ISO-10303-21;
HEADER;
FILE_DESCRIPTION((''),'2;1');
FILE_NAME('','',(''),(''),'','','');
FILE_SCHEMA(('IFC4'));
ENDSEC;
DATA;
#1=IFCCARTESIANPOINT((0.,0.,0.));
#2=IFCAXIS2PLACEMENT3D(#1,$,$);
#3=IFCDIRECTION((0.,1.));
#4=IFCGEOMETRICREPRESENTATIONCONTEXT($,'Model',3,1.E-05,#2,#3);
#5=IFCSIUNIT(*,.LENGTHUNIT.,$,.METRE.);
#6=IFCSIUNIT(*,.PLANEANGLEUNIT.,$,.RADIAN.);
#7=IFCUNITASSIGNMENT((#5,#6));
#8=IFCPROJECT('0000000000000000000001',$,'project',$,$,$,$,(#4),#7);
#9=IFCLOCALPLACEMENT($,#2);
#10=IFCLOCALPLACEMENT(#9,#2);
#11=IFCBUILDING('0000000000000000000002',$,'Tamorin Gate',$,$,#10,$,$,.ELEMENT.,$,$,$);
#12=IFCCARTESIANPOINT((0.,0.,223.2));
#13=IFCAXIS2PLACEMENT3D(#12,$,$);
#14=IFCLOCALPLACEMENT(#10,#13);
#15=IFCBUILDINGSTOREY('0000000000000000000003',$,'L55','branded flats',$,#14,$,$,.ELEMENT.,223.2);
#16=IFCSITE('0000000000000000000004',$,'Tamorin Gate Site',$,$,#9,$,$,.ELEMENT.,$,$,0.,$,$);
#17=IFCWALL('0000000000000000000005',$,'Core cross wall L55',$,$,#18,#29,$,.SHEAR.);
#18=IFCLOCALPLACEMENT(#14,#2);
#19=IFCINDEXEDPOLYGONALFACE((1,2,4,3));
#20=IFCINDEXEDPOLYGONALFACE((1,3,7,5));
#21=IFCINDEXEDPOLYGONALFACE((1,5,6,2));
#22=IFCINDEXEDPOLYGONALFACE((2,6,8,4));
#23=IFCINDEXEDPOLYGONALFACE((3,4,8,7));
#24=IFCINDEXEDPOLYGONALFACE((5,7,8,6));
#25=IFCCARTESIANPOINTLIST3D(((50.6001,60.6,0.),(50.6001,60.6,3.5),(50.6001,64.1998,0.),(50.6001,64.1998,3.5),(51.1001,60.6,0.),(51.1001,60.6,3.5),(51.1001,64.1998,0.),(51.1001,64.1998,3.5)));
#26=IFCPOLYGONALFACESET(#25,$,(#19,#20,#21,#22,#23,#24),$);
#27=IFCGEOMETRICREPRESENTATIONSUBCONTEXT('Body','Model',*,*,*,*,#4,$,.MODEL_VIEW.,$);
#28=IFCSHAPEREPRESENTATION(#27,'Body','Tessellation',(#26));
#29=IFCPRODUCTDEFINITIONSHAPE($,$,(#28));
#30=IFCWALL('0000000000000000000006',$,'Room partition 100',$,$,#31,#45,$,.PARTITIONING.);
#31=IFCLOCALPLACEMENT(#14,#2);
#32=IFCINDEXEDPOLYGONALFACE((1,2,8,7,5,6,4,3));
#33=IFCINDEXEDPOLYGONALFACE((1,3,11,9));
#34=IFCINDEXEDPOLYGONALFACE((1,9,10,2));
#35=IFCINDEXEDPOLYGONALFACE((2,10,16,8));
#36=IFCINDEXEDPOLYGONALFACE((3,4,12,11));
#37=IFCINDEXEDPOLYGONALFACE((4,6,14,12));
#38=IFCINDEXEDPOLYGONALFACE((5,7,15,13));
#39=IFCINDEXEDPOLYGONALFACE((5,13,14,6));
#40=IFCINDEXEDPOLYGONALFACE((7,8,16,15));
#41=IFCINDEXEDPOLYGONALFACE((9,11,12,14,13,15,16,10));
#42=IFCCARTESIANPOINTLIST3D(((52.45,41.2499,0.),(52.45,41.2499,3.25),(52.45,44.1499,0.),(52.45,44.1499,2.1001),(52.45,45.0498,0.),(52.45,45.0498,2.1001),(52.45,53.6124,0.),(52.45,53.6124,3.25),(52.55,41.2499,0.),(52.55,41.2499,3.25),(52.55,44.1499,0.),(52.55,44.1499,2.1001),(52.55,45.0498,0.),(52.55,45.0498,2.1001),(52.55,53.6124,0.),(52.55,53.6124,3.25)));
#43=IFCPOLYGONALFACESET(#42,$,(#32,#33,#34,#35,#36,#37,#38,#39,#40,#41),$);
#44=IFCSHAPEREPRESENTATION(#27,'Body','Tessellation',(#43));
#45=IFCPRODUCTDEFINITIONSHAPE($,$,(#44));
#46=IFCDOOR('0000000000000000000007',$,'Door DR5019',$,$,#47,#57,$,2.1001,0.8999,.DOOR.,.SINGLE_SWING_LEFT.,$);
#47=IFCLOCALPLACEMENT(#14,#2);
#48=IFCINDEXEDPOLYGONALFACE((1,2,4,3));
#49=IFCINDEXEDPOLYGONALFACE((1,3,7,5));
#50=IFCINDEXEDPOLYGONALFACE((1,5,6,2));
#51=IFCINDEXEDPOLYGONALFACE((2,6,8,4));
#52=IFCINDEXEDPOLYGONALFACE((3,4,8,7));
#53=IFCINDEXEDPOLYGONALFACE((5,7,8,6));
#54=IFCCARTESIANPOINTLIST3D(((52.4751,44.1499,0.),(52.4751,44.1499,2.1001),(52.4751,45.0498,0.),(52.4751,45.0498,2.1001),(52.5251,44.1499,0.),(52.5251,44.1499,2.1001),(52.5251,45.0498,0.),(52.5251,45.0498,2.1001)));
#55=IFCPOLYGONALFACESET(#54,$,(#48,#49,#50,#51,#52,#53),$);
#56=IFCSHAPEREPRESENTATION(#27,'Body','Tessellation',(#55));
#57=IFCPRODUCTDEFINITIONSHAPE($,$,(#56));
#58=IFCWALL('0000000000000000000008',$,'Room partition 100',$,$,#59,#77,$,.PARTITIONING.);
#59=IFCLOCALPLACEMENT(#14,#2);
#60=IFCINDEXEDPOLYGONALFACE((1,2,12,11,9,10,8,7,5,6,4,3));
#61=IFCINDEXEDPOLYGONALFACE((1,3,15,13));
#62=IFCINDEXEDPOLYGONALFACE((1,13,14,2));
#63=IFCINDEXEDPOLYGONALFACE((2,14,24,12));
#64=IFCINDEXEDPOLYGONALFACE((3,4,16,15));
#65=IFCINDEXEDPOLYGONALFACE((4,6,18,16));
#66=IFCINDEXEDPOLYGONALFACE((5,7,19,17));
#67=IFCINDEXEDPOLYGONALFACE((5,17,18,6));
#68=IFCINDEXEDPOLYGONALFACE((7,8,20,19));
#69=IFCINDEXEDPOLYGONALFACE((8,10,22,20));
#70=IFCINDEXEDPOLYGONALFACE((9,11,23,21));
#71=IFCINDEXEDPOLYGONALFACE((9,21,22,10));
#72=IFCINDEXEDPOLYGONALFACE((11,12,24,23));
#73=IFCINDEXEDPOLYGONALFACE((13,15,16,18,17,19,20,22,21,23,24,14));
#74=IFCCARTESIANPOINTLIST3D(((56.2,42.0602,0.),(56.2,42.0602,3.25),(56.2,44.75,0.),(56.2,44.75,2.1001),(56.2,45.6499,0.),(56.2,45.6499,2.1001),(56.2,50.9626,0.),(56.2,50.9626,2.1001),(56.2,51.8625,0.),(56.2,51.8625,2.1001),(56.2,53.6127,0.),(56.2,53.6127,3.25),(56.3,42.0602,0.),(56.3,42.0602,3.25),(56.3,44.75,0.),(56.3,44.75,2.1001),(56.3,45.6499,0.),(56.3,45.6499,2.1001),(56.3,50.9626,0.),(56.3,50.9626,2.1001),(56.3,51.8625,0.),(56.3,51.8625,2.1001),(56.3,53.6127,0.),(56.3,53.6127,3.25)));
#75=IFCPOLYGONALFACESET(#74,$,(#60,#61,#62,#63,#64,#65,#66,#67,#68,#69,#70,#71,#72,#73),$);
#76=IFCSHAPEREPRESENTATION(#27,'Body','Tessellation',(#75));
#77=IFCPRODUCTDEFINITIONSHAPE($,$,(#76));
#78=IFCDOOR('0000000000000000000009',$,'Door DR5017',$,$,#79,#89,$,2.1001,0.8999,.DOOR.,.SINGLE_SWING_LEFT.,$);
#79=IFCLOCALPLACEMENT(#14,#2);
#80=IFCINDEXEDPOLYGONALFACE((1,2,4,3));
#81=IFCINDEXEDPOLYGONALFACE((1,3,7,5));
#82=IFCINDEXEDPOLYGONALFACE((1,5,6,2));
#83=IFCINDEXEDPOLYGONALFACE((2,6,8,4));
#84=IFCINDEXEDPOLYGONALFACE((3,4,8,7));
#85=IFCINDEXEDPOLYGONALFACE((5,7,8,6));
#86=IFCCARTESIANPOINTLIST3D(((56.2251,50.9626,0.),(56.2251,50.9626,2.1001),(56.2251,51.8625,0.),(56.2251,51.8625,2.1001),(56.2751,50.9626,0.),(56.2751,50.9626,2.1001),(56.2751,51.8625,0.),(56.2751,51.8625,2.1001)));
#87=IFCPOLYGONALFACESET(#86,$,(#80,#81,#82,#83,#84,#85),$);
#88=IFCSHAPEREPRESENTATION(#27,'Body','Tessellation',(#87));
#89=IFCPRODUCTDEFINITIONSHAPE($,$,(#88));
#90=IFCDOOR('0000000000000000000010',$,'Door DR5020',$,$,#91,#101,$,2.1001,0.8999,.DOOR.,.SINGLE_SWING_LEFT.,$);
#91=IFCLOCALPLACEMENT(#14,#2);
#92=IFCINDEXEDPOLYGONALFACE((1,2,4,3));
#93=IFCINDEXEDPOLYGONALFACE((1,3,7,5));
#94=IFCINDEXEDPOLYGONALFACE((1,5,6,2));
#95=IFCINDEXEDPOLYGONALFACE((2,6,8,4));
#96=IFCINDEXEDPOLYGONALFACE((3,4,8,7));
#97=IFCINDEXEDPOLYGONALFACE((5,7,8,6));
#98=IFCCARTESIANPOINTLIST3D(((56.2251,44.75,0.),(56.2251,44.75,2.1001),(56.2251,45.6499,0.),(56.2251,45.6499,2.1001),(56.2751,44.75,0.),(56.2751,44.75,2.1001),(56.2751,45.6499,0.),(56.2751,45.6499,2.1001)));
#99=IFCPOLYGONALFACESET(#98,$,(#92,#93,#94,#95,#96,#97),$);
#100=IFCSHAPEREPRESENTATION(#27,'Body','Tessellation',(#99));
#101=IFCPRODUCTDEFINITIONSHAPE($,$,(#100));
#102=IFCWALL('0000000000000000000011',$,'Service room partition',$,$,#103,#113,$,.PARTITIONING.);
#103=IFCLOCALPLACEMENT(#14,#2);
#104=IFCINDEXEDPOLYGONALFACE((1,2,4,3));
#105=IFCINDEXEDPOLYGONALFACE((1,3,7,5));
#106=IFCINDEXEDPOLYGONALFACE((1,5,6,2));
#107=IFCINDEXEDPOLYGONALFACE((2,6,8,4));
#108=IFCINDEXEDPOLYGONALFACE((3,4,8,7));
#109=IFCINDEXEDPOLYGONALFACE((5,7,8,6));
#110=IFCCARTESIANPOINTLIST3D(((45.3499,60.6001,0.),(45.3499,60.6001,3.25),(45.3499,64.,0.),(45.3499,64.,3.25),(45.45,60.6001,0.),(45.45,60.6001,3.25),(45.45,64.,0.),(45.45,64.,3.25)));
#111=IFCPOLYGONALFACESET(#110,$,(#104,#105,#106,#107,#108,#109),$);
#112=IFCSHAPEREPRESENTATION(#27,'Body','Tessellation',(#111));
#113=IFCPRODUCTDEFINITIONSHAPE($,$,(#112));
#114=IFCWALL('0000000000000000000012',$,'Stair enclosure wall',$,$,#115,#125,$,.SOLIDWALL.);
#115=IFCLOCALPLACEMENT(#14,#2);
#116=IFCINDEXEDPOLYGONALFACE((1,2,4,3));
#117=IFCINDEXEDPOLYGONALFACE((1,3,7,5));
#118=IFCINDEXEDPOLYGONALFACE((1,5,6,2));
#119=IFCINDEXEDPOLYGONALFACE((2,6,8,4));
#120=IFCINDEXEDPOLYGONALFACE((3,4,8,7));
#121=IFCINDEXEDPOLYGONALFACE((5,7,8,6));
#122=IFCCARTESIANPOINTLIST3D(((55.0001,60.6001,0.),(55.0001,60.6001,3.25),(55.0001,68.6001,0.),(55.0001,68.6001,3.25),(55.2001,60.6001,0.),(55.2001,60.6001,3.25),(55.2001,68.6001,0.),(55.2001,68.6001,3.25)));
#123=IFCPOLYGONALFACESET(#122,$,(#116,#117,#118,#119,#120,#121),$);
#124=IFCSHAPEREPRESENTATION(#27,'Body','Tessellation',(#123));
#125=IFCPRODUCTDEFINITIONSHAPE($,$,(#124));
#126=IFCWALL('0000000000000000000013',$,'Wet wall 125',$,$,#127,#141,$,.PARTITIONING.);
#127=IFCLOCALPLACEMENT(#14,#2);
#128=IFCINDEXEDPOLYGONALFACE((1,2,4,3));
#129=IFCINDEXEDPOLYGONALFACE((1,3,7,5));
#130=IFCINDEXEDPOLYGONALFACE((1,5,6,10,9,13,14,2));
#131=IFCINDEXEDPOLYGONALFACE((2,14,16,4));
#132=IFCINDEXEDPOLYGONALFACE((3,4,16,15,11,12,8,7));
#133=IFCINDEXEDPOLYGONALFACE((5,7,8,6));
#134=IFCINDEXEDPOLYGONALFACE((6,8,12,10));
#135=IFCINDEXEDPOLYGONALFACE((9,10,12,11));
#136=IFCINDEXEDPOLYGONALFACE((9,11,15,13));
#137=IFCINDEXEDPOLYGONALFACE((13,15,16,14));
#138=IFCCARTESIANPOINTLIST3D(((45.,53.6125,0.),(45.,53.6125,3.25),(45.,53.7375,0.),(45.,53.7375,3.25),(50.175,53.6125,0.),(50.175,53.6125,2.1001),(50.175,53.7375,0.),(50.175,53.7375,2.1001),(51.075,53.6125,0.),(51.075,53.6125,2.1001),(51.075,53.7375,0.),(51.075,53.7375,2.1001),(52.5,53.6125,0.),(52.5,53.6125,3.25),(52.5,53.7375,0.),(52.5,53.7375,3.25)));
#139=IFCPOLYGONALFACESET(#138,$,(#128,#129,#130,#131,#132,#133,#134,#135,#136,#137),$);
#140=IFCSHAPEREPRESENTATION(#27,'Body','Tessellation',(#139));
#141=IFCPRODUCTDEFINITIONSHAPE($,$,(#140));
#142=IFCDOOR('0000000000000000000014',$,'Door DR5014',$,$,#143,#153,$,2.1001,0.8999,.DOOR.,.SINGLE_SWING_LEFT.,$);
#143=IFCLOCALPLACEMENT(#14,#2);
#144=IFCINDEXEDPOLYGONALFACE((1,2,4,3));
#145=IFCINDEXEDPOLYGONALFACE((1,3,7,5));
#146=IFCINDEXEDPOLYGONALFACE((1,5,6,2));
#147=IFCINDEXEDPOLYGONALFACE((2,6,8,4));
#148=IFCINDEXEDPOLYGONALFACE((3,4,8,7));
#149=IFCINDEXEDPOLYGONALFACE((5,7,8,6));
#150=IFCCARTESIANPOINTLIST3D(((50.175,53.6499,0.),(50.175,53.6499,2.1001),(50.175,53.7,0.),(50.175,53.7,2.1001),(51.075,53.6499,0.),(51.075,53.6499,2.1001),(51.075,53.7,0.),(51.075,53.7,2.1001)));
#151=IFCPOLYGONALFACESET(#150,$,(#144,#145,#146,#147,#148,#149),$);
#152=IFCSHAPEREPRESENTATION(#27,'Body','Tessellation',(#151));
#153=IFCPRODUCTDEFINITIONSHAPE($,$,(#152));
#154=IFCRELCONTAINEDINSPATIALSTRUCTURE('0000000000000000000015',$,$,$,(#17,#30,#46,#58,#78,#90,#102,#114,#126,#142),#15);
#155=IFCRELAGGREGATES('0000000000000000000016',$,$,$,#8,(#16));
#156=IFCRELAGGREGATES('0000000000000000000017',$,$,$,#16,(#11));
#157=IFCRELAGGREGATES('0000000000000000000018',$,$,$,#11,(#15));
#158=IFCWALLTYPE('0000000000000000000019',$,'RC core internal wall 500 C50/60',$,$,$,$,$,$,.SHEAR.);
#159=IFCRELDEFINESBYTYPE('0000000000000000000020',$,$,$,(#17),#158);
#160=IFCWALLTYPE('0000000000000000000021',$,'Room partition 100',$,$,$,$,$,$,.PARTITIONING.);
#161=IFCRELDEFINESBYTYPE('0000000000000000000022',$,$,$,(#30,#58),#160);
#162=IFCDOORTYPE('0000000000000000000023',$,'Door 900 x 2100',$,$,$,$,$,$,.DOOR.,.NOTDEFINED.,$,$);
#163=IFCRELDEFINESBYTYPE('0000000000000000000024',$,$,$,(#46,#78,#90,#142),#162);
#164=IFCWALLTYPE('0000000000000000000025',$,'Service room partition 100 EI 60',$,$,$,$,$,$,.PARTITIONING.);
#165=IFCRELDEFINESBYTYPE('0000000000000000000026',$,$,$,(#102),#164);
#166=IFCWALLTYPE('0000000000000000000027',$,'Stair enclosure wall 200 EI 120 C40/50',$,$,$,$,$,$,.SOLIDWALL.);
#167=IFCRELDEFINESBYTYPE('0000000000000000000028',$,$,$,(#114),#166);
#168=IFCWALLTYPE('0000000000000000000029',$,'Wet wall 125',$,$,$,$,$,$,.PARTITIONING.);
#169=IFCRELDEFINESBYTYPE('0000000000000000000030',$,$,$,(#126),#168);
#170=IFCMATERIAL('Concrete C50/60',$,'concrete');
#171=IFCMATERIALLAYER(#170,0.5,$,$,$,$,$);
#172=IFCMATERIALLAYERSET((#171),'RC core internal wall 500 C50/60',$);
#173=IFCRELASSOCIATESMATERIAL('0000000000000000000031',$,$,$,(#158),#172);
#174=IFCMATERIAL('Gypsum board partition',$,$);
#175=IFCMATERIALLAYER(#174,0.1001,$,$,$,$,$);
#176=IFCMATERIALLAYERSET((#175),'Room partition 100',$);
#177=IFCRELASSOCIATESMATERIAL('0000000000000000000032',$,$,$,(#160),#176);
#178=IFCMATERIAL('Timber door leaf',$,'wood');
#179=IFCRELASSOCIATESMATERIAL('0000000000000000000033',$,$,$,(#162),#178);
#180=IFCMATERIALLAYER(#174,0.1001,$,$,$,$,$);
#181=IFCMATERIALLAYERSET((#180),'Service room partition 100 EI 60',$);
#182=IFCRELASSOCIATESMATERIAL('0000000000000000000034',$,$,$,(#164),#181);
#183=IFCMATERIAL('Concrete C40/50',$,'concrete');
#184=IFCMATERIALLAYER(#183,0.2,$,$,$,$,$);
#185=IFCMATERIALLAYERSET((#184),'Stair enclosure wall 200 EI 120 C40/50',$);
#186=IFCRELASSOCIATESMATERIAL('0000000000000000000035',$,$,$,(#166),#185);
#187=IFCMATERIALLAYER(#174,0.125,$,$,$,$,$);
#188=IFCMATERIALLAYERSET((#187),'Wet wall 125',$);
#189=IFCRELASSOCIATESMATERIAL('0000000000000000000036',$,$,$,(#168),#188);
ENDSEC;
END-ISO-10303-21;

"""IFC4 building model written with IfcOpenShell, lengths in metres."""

from ifc_helpers import new_model, si_unit, direction, frame, frame_2d, origin, place, context, subcontext, project, spatial, rectangle, extrude, material, layer, layer_set, type_object, element, fill, save


model = new_model("IFC4")

# Units and contexts
model_context = context("Model", 3, precision=1e-05, world=origin(), true_north=direction((0.0, 1.0)))
body_context = subcontext(model_context, "Body", "Model", "MODEL_VIEW")
ifc_project = project(units=[si_unit("LENGTHUNIT", "METRE"), si_unit("PLANEANGLEUNIT", "RADIAN")], contexts=[model_context])

# Site, building, storey
site_placement = place(None, origin())
site = spatial("IfcSite", under=ifc_project, at=site_placement, Name="Tamorin Gate Site", CompositionType="ELEMENT", RefElevation=0.0)
building_placement = place(site_placement, origin())
building = spatial("IfcBuilding", under=site, at=building_placement, Name="Tamorin Gate", CompositionType="ELEMENT")
storey_placement = place(building_placement, frame((0.0, 0.0, 223.2)))
storey = spatial("IfcBuildingStorey", under=building, at=storey_placement, Name="L55", Description="branded flats", CompositionType="ELEMENT", Elevation=223.2)

# Shared definitions
ifc_material_1 = material(Name="Concrete C50/60", Category="concrete")

# Wall
ifc_material_2 = material(Name="Gypsum board partition")
ifc_layer_1 = layer(ifc_material_1, 0.5)
ifc_layer_set_1 = layer_set([ifc_layer_1], Name="RC core internal wall 500 C50/60")
wall_type_1 = type_object("IfcWallType", Name="RC core internal wall 500 C50/60", PredefinedType="SHEAR", material=ifc_layer_set_1)
wall_1_placement = place(storey_placement, frame((50.8501, 60.6001, 0.0), z_axis=(0.0, 0.0, 1.0), x_axis=(0.0, 1.0, 0.0)))
element("IfcWall", 1, at=wall_1_placement, inside=storey, type_object=wall_type_1, Name="Core cross wall L55", PredefinedType="SHEAR", context=body_context, shape_type="SweptSolid", body=[
    extrude(rectangle(XDim=3.5999, YDim=0.5, at=frame_2d((1.7998, 0.0))), origin(), (0.0, 0.0, 1.0), 3.5),
])

# Wall, opening, door
ifc_layer_2 = layer(ifc_material_2, 0.1001)
ifc_layer_set_2 = layer_set([ifc_layer_2], Name="Room partition 100")
wall_type_2 = type_object("IfcWallType", Name="Room partition 100", PredefinedType="PARTITIONING", material=ifc_layer_set_2)
wall_2_placement = place(storey_placement, frame((52.5, 41.25, 0.0), z_axis=(0.0, 0.0, 1.0), x_axis=(0.0, 1.0, 0.0)))
wall_2 = element("IfcWall", 2, at=wall_2_placement, inside=storey, type_object=wall_type_2, Name="Room partition 100", PredefinedType="PARTITIONING", context=body_context, shape_type="SweptSolid", body=[
    extrude(rectangle(XDim=12.3625, YDim=0.1001, at=frame_2d((6.1812, 0.0))), origin(), (0.0, 0.0, 1.0), 3.25),
])
opening_1_placement = place(wall_2_placement, frame((2.8999, 0.0, 0.0)))
opening_1 = element("IfcOpeningElement", 3, at=opening_1_placement, cuts=wall_2, PredefinedType="OPENING", context=body_context, shape_type="SweptSolid", body=[
    extrude(rectangle(XDim=0.8999, YDim=2.1001, at=frame_2d((0.45, 1.05))), frame((0.0, 0.0601, 0.0), z_axis=(0.0, -1.0, 0.0), x_axis=(1.0, 0.0, 0.0)), (0.0, 0.0, 1.0), 0.1201),
])
ifc_material_3 = material(Name="Timber door leaf", Category="wood")
door_type = type_object("IfcDoorType", Name="Door 900 x 2100", OperationType="NOTDEFINED", PredefinedType="DOOR", material=ifc_material_3)
door_1_placement = place(opening_1_placement, origin())
door_1 = element("IfcDoor", 4, at=door_1_placement, inside=storey, type_object=door_type, Name="Door DR5019", OperationType="SINGLE_SWING_LEFT", OverallHeight=2.1001, OverallWidth=0.8999, PredefinedType="DOOR", context=body_context, shape_type="SweptSolid", body=[
    extrude(rectangle(XDim=0.8999, YDim=2.1001, at=frame_2d((0.45, 1.05))), frame((0.0, 0.0249, 0.0), z_axis=(0.0, -1.0, 0.0), x_axis=(1.0, 0.0, 0.0)), (0.0, 0.0, 1.0), 0.05),
])
fill(opening_1, door_1)

# Wall, openings, doors
wall_3_placement = place(storey_placement, frame((56.25, 42.0601, 0.0), z_axis=(0.0, 0.0, 1.0), x_axis=(0.0, 1.0, 0.0)))
wall_3 = element("IfcWall", 5, at=wall_3_placement, inside=storey, type_object=wall_type_2, Name="Room partition 100", PredefinedType="PARTITIONING", context=body_context, shape_type="SweptSolid", body=[
    extrude(rectangle(XDim=11.5525, YDim=0.1001, at=frame_2d((5.7764, 0.0))), origin(), (0.0, 0.0, 1.0), 3.25),
])
opening_2_placement = place(wall_3_placement, frame((8.9026, 0.0, 0.0)))
opening_2 = element("IfcOpeningElement", 6, at=opening_2_placement, cuts=wall_3, PredefinedType="OPENING", context=body_context, shape_type="SweptSolid", body=[
    extrude(rectangle(XDim=0.8999, YDim=2.1001, at=frame_2d((0.45, 1.05))), frame((0.0, 0.0601, 0.0), z_axis=(0.0, -1.0, 0.0), x_axis=(1.0, 0.0, 0.0)), (0.0, 0.0, 1.0), 0.1201),
])
opening_3_placement = place(wall_3_placement, frame((2.6899, 0.0, 0.0)))
opening_3 = element("IfcOpeningElement", 7, at=opening_3_placement, cuts=wall_3, PredefinedType="OPENING", context=body_context, shape_type="SweptSolid", body=[
    extrude(rectangle(XDim=0.8999, YDim=2.1001, at=frame_2d((0.45, 1.05))), frame((0.0, 0.0601, 0.0), z_axis=(0.0, -1.0, 0.0), x_axis=(1.0, 0.0, 0.0)), (0.0, 0.0, 1.0), 0.1201),
])
door_2_placement = place(opening_2_placement, origin())
door_2 = element("IfcDoor", 8, at=door_2_placement, inside=storey, type_object=door_type, Name="Door DR5017", OperationType="SINGLE_SWING_LEFT", OverallHeight=2.1001, OverallWidth=0.8999, PredefinedType="DOOR", context=body_context, shape_type="SweptSolid", body=[
    extrude(rectangle(XDim=0.8999, YDim=2.1001, at=frame_2d((0.45, 1.05))), frame((0.0, 0.0249, 0.0), z_axis=(0.0, -1.0, 0.0), x_axis=(1.0, 0.0, 0.0)), (0.0, 0.0, 1.0), 0.05),
])
fill(opening_2, door_2)
door_3_placement = place(opening_3_placement, origin())
door_3 = element("IfcDoor", 9, at=door_3_placement, inside=storey, type_object=door_type, Name="Door DR5020", OperationType="SINGLE_SWING_LEFT", OverallHeight=2.1001, OverallWidth=0.8999, PredefinedType="DOOR", context=body_context, shape_type="SweptSolid", body=[
    extrude(rectangle(XDim=0.8999, YDim=2.1001, at=frame_2d((0.45, 1.05))), frame((0.0, 0.0249, 0.0), z_axis=(0.0, -1.0, 0.0), x_axis=(1.0, 0.0, 0.0)), (0.0, 0.0, 1.0), 0.05),
])
fill(opening_3, door_3)

# Walls
ifc_layer_3 = layer(ifc_material_2, 0.1001)
ifc_layer_set_3 = layer_set([ifc_layer_3], Name="Service room partition 100 EI 60")
wall_type_3 = type_object("IfcWallType", Name="Service room partition 100 EI 60", PredefinedType="PARTITIONING", material=ifc_layer_set_3)
wall_4_placement = place(storey_placement, frame((45.3999, 60.6001, 0.0), z_axis=(0.0, 0.0, 1.0), x_axis=(0.0, 1.0, 0.0)))
element("IfcWall", 10, at=wall_4_placement, inside=storey, type_object=wall_type_3, Name="Service room partition", PredefinedType="PARTITIONING", context=body_context, shape_type="SweptSolid", body=[
    extrude(rectangle(XDim=3.3999, YDim=0.1001, at=frame_2d((1.7, 0.0))), origin(), (0.0, 0.0, 1.0), 3.25),
])
ifc_material_4 = material(Name="Concrete C40/50", Category="concrete")
ifc_layer_4 = layer(ifc_material_4, 0.2)
ifc_layer_set_4 = layer_set([ifc_layer_4], Name="Stair enclosure wall 200 EI 120 C40/50")
wall_type_4 = type_object("IfcWallType", Name="Stair enclosure wall 200 EI 120 C40/50", PredefinedType="SOLIDWALL", material=ifc_layer_set_4)
wall_5_placement = place(storey_placement, frame((55.1001, 60.6001, 0.0), z_axis=(0.0, 0.0, 1.0), x_axis=(0.0, 1.0, 0.0)))
element("IfcWall", 11, at=wall_5_placement, inside=storey, type_object=wall_type_4, Name="Stair enclosure wall", PredefinedType="SOLIDWALL", context=body_context, shape_type="SweptSolid", body=[
    extrude(rectangle(XDim=8.0, YDim=0.2, at=frame_2d((4.0, 0.0))), origin(), (0.0, 0.0, 1.0), 3.25),
])

# Wall, opening, door
ifc_layer_5 = layer(ifc_material_2, 0.125)
ifc_layer_set_5 = layer_set([ifc_layer_5], Name="Wet wall 125")
wall_type_5 = type_object("IfcWallType", Name="Wet wall 125", PredefinedType="PARTITIONING", material=ifc_layer_set_5)
wall_6_placement = place(storey_placement, frame((45.0, 53.675, 0.0), z_axis=(0.0, 0.0, 1.0), x_axis=(1.0, 0.0, 0.0)))
wall_6 = element("IfcWall", 12, at=wall_6_placement, inside=storey, type_object=wall_type_5, Name="Wet wall 125", PredefinedType="PARTITIONING", context=body_context, shape_type="SweptSolid", body=[
    extrude(rectangle(XDim=7.5, YDim=0.125, at=frame_2d((3.75, 0.0))), origin(), (0.0, 0.0, 1.0), 3.25),
])
opening_4_placement = place(wall_6_placement, frame((5.175, 0.0, 0.0)))
opening_4 = element("IfcOpeningElement", 13, at=opening_4_placement, cuts=wall_6, PredefinedType="OPENING", context=body_context, shape_type="SweptSolid", body=[
    extrude(rectangle(XDim=0.8999, YDim=2.1001, at=frame_2d((0.45, 1.05))), frame((0.0, 0.0725, 0.0), z_axis=(0.0, -1.0, 0.0), x_axis=(1.0, 0.0, 0.0)), (0.0, 0.0, 1.0), 0.145),
])
door_4_placement = place(opening_4_placement, origin())
door_4 = element("IfcDoor", 14, at=door_4_placement, inside=storey, type_object=door_type, Name="Door DR5014", OperationType="SINGLE_SWING_LEFT", OverallHeight=2.1001, OverallWidth=0.8999, PredefinedType="DOOR", context=body_context, shape_type="SweptSolid", body=[
    extrude(rectangle(XDim=0.8999, YDim=2.1001, at=frame_2d((0.45, 1.05))), frame((0.0, 0.0249, 0.0), z_axis=(0.0, -1.0, 0.0), x_axis=(1.0, 0.0, 0.0)), (0.0, 0.0, 1.0), 0.05),
])
fill(opening_4, door_4)

save(model, "model.ifc")
